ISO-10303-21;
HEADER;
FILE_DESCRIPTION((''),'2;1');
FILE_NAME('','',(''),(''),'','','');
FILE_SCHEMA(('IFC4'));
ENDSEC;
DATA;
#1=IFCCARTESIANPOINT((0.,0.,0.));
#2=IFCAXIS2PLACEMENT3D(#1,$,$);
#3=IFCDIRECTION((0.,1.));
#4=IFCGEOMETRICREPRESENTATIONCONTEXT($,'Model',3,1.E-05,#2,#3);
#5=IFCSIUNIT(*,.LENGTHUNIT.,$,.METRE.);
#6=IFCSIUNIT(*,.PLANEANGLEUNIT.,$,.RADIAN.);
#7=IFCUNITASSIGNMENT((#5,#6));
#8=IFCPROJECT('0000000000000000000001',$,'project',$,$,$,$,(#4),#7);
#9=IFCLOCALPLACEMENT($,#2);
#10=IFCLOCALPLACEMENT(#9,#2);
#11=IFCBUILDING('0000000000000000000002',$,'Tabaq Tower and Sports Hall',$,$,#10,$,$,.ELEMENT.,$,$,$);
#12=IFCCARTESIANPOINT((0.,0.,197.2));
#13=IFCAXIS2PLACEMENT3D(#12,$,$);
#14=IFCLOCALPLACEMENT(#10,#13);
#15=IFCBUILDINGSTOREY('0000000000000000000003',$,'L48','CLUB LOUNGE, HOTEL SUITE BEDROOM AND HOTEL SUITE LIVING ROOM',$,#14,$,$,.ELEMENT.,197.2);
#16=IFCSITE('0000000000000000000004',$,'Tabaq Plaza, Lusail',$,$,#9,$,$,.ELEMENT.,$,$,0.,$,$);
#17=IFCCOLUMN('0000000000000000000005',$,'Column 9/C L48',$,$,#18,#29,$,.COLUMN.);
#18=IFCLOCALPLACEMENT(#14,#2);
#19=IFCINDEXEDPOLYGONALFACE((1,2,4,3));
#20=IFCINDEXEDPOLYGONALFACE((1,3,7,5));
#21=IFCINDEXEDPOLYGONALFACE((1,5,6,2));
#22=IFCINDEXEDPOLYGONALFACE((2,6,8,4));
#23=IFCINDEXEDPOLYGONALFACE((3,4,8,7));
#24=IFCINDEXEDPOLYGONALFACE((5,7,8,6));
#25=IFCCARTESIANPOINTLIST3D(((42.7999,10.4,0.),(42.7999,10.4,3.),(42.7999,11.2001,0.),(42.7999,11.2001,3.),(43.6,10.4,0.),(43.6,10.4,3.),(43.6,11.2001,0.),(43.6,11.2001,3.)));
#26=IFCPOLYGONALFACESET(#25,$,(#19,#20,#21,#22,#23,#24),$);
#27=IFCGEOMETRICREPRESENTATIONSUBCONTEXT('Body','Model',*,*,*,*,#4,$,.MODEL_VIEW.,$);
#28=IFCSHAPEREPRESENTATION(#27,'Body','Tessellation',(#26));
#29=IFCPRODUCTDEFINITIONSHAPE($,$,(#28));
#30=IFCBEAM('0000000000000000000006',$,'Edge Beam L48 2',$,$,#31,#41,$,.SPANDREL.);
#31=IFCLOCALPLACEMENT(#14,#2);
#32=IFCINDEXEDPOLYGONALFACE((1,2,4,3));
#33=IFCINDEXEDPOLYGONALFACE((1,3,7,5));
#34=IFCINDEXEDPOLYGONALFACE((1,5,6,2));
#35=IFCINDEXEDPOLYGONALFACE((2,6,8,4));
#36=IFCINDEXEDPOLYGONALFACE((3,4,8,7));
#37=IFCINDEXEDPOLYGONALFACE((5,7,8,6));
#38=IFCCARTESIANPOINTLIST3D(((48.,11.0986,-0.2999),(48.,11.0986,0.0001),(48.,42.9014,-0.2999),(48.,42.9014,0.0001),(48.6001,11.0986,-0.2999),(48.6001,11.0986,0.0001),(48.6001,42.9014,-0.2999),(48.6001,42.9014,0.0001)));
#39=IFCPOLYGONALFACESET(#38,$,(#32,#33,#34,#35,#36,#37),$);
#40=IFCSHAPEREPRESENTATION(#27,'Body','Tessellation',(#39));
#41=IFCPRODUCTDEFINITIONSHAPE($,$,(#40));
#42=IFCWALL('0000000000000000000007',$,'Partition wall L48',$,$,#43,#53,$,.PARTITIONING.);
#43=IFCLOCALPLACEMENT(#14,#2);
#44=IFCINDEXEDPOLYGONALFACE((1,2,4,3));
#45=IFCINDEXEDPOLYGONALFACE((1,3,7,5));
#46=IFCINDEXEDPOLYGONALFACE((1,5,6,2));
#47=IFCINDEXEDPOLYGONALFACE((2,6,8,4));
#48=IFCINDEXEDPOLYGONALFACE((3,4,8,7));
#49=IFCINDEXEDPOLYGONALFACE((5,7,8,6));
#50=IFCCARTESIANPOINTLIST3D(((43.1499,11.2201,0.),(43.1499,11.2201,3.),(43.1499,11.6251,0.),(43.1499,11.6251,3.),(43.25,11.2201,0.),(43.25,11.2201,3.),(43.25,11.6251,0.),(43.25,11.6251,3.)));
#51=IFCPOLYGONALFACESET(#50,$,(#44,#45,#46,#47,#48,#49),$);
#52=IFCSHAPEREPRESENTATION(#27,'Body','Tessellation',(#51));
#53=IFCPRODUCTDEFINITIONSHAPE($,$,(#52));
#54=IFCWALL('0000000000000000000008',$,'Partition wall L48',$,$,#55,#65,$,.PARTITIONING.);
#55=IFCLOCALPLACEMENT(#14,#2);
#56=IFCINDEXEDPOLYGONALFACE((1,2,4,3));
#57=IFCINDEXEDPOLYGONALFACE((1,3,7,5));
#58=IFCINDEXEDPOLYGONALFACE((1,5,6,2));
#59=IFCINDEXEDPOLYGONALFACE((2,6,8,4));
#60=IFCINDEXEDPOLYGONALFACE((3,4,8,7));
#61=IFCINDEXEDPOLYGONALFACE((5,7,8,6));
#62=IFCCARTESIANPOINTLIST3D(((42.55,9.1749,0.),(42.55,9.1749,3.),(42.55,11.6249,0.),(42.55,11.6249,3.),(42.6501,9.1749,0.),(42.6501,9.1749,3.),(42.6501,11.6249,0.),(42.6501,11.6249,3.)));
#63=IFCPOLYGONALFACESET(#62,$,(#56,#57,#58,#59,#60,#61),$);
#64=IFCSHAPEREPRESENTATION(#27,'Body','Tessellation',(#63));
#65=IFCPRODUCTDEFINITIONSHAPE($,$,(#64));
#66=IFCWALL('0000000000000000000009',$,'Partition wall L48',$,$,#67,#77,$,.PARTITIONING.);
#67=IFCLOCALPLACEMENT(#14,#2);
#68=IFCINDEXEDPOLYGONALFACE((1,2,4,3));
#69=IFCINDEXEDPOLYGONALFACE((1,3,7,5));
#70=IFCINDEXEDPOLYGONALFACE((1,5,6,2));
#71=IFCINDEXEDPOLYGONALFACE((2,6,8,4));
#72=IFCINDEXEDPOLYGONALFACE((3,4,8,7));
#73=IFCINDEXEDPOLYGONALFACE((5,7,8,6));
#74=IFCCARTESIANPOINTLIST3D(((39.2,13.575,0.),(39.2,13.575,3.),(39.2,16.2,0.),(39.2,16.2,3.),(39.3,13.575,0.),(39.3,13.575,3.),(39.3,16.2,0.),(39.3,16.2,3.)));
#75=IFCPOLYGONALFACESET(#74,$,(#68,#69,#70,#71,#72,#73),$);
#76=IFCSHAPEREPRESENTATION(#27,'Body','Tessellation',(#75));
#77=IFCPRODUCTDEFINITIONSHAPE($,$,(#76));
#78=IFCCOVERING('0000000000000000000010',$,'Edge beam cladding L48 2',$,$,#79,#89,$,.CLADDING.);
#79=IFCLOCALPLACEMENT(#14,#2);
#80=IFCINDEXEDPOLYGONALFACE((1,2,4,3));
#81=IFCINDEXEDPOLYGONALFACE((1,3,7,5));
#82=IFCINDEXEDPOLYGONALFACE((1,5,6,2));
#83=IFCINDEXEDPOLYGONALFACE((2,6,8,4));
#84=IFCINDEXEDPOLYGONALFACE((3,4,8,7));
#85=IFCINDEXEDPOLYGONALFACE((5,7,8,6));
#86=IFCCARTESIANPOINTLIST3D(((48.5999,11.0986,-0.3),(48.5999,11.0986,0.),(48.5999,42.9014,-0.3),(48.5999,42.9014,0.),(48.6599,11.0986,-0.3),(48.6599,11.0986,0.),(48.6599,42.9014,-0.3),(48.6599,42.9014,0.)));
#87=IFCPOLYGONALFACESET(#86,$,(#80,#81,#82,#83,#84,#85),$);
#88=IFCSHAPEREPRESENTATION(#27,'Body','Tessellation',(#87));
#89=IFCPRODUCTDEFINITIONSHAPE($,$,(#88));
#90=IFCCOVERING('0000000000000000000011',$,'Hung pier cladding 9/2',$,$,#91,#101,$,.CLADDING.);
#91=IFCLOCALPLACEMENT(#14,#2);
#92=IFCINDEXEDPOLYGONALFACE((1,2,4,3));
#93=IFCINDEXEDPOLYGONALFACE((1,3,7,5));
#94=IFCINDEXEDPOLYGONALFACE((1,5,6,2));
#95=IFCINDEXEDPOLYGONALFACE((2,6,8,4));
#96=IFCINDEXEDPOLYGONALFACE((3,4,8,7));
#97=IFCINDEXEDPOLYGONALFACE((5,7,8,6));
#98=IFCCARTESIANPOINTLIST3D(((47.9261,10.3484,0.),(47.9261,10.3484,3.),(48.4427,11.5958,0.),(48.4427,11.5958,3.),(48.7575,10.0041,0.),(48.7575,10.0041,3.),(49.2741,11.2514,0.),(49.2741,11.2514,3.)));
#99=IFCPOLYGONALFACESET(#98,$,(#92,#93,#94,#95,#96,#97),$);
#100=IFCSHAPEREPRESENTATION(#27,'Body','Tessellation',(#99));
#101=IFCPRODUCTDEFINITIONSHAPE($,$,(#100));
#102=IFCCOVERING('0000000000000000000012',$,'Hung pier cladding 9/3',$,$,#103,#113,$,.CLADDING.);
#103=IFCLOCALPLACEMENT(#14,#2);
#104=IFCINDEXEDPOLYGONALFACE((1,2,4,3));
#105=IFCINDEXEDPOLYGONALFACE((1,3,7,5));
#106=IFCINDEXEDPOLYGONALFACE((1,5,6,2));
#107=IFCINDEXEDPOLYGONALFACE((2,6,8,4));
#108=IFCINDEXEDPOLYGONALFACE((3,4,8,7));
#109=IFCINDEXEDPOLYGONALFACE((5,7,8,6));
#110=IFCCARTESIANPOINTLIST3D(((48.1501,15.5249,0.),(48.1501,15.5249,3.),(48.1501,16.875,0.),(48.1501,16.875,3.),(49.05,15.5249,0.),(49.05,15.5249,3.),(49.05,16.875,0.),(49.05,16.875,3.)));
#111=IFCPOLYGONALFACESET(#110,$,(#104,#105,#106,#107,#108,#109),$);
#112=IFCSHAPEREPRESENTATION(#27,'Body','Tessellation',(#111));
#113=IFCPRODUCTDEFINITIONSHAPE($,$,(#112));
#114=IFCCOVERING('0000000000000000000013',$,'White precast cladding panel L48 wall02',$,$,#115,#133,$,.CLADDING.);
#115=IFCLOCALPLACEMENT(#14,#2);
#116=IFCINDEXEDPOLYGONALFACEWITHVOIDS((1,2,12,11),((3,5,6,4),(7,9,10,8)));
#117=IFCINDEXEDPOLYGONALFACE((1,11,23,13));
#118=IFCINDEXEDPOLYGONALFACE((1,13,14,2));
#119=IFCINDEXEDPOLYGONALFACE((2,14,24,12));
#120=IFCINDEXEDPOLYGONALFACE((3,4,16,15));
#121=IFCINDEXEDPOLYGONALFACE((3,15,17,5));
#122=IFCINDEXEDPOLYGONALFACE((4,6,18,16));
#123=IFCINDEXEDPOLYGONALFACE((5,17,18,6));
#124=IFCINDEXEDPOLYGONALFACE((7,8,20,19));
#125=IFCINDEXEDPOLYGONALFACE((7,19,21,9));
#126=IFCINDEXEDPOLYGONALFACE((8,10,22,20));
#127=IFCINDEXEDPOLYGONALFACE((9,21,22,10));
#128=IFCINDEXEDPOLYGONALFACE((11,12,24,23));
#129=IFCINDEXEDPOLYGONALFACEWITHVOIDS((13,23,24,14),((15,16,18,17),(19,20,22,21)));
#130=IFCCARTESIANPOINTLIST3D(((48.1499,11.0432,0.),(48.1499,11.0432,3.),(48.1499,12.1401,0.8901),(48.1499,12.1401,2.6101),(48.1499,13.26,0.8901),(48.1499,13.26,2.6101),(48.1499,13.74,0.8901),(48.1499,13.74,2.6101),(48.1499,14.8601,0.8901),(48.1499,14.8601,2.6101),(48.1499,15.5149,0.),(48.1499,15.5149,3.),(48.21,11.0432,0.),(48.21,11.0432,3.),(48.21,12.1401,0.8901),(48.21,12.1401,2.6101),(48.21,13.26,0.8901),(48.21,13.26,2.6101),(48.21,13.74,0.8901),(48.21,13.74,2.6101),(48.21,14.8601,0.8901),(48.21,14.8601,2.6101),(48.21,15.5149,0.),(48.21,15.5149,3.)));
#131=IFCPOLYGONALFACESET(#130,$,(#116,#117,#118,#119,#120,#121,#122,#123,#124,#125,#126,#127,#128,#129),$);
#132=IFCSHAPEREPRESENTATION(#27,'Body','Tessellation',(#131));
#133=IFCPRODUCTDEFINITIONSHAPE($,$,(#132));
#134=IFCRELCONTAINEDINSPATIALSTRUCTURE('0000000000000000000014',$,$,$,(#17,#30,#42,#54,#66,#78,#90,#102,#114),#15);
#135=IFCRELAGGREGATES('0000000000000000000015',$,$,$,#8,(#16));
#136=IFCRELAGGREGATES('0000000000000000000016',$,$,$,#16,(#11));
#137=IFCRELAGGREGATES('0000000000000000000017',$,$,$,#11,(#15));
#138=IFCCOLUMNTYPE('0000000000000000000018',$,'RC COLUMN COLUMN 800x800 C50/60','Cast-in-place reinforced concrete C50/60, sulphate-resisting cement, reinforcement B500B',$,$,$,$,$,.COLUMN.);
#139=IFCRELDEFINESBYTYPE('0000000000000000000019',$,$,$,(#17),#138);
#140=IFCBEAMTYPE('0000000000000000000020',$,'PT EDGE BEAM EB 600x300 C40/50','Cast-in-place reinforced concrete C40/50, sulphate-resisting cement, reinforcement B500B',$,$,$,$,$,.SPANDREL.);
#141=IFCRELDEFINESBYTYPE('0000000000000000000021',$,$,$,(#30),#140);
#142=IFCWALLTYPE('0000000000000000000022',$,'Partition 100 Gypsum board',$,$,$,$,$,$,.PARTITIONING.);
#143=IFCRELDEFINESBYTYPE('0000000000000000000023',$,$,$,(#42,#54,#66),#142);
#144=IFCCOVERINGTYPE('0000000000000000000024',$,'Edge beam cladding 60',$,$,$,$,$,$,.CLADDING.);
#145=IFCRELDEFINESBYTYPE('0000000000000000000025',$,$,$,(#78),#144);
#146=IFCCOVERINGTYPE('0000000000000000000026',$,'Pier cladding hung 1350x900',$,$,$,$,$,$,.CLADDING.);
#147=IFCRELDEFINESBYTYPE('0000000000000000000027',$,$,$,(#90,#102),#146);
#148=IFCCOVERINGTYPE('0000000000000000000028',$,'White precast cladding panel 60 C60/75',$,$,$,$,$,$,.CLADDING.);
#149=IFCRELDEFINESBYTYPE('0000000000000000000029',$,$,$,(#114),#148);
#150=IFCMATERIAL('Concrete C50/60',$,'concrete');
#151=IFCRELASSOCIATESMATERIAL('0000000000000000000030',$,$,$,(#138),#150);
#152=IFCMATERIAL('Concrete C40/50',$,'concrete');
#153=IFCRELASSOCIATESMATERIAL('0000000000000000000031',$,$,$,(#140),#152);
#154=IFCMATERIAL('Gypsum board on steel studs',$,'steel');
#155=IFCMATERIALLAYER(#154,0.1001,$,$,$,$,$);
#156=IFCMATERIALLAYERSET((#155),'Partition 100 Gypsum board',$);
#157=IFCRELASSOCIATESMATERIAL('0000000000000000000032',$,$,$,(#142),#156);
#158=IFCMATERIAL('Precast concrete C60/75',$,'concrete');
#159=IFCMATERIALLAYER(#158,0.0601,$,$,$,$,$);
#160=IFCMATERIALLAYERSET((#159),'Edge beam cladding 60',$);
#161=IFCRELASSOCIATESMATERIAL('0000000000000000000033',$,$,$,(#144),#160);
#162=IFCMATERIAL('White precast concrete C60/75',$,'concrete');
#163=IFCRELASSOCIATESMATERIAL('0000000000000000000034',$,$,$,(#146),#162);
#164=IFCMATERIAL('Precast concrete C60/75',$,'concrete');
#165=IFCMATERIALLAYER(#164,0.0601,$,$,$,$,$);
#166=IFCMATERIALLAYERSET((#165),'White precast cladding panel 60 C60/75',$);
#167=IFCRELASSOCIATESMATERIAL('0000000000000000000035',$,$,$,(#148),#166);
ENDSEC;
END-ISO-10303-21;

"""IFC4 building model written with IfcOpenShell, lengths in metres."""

from ifc_helpers import new_model, si_unit, direction, frame, frame_2d, origin, origin_2d, place, context, subcontext, project, spatial, polyline, rectangle, outline, extrude, material, layer, layer_set, material_profile, profile_set, type_object, element, save


model = new_model("IFC4")

# Units and contexts
model_context = context("Model", 3, precision=1e-05, world=origin(), true_north=direction((0.0, 1.0)))
body_context = subcontext(model_context, "Body", "Model", "MODEL_VIEW")
ifc_project = project(units=[si_unit("LENGTHUNIT", "METRE"), si_unit("PLANEANGLEUNIT", "RADIAN")], contexts=[model_context])

# Site, building, storey
site_placement = place(None, origin())
site = spatial("IfcSite", under=ifc_project, at=site_placement, Name="Tabaq Plaza, Lusail", CompositionType="ELEMENT", RefElevation=0.0)
building_placement = place(site_placement, origin())
building = spatial("IfcBuilding", under=site, at=building_placement, Name="Tabaq Tower and Sports Hall", CompositionType="ELEMENT")
storey_placement = place(building_placement, frame((0.0, 0.0, 197.2)))
storey = spatial("IfcBuildingStorey", under=building, at=storey_placement, Name="L48", Description="CLUB LOUNGE, HOTEL SUITE BEDROOM AND HOTEL SUITE LIVING ROOM", CompositionType="ELEMENT", Elevation=197.2)

# Column
ifc_material_1 = material(Name="Concrete C50/60", Category="concrete")
ifc_material_profile_1 = material_profile(ifc_material_1, rectangle(XDim=0.8, YDim=0.8, at=origin_2d()), Name="COLUMN 800x800")
ifc_profile_set_1 = profile_set([ifc_material_profile_1], Name="Concrete C50/60")
column_type = type_object("IfcColumnType", Name="RC COLUMN COLUMN 800x800 C50/60", Description="Cast-in-place reinforced concrete C50/60, sulphate-resisting cement, reinforcement B500B", PredefinedType="COLUMN", material=ifc_profile_set_1)
column_placement = place(storey_placement, frame((43.2, 10.8, 0.0), z_axis=(0.0, 0.0, 1.0), x_axis=(1.0, 0.0, 0.0)))
element("IfcColumn", 1, at=column_placement, inside=storey, type_object=column_type, Name="Column 9/C L48", PredefinedType="COLUMN", context=body_context, shape_type="SweptSolid", body=[
    extrude(rectangle(XDim=0.8, YDim=0.8, at=origin_2d()), origin(), (0.0, 0.0, 1.0), 3.0),
])

# Beam
ifc_material_2 = material(Name="Concrete C40/50", Category="concrete")
ifc_material_profile_2 = material_profile(ifc_material_2, rectangle(XDim=0.6001, YDim=0.3, at=origin_2d()), Name="EB 600x300")
ifc_profile_set_2 = profile_set([ifc_material_profile_2], Name="Concrete C40/50")
beam_type = type_object("IfcBeamType", Name="PT EDGE BEAM EB 600x300 C40/50", Description="Cast-in-place reinforced concrete C40/50, sulphate-resisting cement, reinforcement B500B", PredefinedType="SPANDREL", material=ifc_profile_set_2)
beam_placement = place(storey_placement, frame((48.3, 11.0986, -0.1499), z_axis=(0.0, 1.0, 0.0), x_axis=(-1.0, 0.0, 0.0)))
element("IfcBeam", 2, at=beam_placement, inside=storey, type_object=beam_type, Name="Edge Beam L48 2", PredefinedType="SPANDREL", context=body_context, shape_type="SweptSolid", body=[
    extrude(rectangle(XDim=0.6001, YDim=0.3, at=origin_2d()), origin(), (0.0, 0.0, 1.0), 31.8027),
])

# Walls
ifc_material_3 = material(Name="Gypsum board on steel studs", Category="steel")
ifc_layer_1 = layer(ifc_material_3, 0.1001)
ifc_layer_set_1 = layer_set([ifc_layer_1], Name="Partition 100 Gypsum board")
wall_type_1 = type_object("IfcWallType", Name="Partition 100 Gypsum board", PredefinedType="PARTITIONING", material=ifc_layer_set_1)
wall_1_placement = place(storey_placement, frame((43.2, 11.22, 0.0), z_axis=(0.0, 0.0, 1.0), x_axis=(0.0, 1.0, 0.0)))
element("IfcWall", 3, at=wall_1_placement, inside=storey, type_object=wall_type_1, Name="Partition wall L48", PredefinedType="PARTITIONING", context=body_context, shape_type="SweptSolid", body=[
    extrude(rectangle(XDim=0.405, YDim=0.1001, at=frame_2d((0.2026, 0.0))), origin(), (0.0, 0.0, 1.0), 3.0),
])
wall_2_placement = place(storey_placement, frame((42.6001, 11.625, 0.0), z_axis=(0.0, 0.0, 1.0), x_axis=(0.0, -1.0, 0.0)))
element("IfcWall", 4, at=wall_2_placement, inside=storey, type_object=wall_type_1, Name="Partition wall L48", PredefinedType="PARTITIONING", context=body_context, shape_type="SweptSolid", body=[
    extrude(rectangle(XDim=2.45, YDim=0.1001, at=frame_2d((1.2251, 0.0))), origin(), (0.0, 0.0, 1.0), 3.0),
])
wall_3_placement = place(storey_placement, frame((39.25, 13.575, 0.0), z_axis=(0.0, 0.0, 1.0), x_axis=(0.0, 1.0, 0.0)))
element("IfcWall", 5, at=wall_3_placement, inside=storey, type_object=wall_type_1, Name="Partition wall L48", PredefinedType="PARTITIONING", context=body_context, shape_type="SweptSolid", body=[
    extrude(rectangle(XDim=2.625, YDim=0.1001, at=frame_2d((1.3125, 0.0))), origin(), (0.0, 0.0, 1.0), 3.0),
])

# Coverings
ifc_material_4 = material(Name="Precast concrete C60/75", Category="concrete")
ifc_layer_2 = layer(ifc_material_4, 0.0601)
ifc_layer_set_2 = layer_set([ifc_layer_2], Name="Edge beam cladding 60")
covering_type_1 = type_object("IfcCoveringType", Name="Edge beam cladding 60", PredefinedType="CLADDING", material=ifc_layer_set_2)
covering_1_placement = place(storey_placement, frame((48.6299, 11.0986, -0.3), z_axis=(0.0, 0.0, 1.0), x_axis=(0.0, 1.0, 0.0)))
element("IfcCovering", 6, at=covering_1_placement, inside=storey, type_object=covering_type_1, Name="Edge beam cladding L48 2", PredefinedType="CLADDING", context=body_context, shape_type="SweptSolid", body=[
    extrude(rectangle(XDim=31.8027, YDim=0.0601, at=frame_2d((15.9014, 0.0))), origin(), (0.0, 0.0, 1.0), 0.3),
])
ifc_material_5 = material(Name="White precast concrete C60/75", Category="concrete")
covering_type_2 = type_object("IfcCoveringType", Name="Pier cladding hung 1350x900", PredefinedType="CLADDING", material=ifc_material_5)
for number, where, z_axis, x_axis, name in (
    (7, (48.3418, 10.1763, 0.0), (0.0, 0.0, 1.0), (0.38265, 0.923893, 0.0), "Hung pier cladding 9/2"),
    (8, (48.6001, 15.5249, 0.0), (0.0, 0.0, 1.0), (0.0, 1.0, 0.0), "Hung pier cladding 9/3"),
):
    element("IfcCovering", number, at=place(storey_placement, frame(where, z_axis=z_axis, x_axis=x_axis)), inside=storey, type_object=covering_type_2, Name=name, PredefinedType="CLADDING", context=body_context, shape_type="SweptSolid", body=[
        extrude(rectangle(XDim=1.3501, YDim=0.8999, at=frame_2d((0.675, 0.0))), origin(), (0.0, 0.0, 1.0), 3.0),
    ])
ifc_material_6 = material(Name="Precast concrete C60/75", Category="concrete")
ifc_layer_3 = layer(ifc_material_6, 0.0601)
ifc_layer_set_3 = layer_set([ifc_layer_3], Name="White precast cladding panel 60 C60/75")
covering_type_3 = type_object("IfcCoveringType", Name="White precast cladding panel 60 C60/75", PredefinedType="CLADDING", material=ifc_layer_set_3)
covering_2_placement = place(storey_placement, frame((48.1799, 11.0432, 0.0), z_axis=(0.0, 0.0, 1.0), x_axis=(0.0, 1.0, 0.0)))
element("IfcCovering", 9, at=covering_2_placement, inside=storey, type_object=covering_type_3, Name="White precast cladding panel L48 wall02", PredefinedType="CLADDING", context=body_context, shape_type="SweptSolid", body=[
    extrude(outline(polyline([(0.0, 0.0), (4.4717, 0.0), (4.4717, 3.0), (0.0, 3.0), (0.0, 0.0)]), holes=[polyline([(1.0969, 2.6101), (2.2168, 2.6101), (2.2168, 0.8901), (1.0969, 0.8901), (1.0969, 2.6101)]), polyline([(2.6968, 2.6101), (3.8169, 2.6101), (3.8169, 0.8901), (2.6968, 0.8901), (2.6968, 2.6101)])]), frame((0.0, 0.03, 0.0), z_axis=(0.0, -1.0, 0.0), x_axis=(1.0, 0.0, 0.0)), (0.0, 0.0, 1.0), 0.0601),
])

save(model, "model.ifc")
